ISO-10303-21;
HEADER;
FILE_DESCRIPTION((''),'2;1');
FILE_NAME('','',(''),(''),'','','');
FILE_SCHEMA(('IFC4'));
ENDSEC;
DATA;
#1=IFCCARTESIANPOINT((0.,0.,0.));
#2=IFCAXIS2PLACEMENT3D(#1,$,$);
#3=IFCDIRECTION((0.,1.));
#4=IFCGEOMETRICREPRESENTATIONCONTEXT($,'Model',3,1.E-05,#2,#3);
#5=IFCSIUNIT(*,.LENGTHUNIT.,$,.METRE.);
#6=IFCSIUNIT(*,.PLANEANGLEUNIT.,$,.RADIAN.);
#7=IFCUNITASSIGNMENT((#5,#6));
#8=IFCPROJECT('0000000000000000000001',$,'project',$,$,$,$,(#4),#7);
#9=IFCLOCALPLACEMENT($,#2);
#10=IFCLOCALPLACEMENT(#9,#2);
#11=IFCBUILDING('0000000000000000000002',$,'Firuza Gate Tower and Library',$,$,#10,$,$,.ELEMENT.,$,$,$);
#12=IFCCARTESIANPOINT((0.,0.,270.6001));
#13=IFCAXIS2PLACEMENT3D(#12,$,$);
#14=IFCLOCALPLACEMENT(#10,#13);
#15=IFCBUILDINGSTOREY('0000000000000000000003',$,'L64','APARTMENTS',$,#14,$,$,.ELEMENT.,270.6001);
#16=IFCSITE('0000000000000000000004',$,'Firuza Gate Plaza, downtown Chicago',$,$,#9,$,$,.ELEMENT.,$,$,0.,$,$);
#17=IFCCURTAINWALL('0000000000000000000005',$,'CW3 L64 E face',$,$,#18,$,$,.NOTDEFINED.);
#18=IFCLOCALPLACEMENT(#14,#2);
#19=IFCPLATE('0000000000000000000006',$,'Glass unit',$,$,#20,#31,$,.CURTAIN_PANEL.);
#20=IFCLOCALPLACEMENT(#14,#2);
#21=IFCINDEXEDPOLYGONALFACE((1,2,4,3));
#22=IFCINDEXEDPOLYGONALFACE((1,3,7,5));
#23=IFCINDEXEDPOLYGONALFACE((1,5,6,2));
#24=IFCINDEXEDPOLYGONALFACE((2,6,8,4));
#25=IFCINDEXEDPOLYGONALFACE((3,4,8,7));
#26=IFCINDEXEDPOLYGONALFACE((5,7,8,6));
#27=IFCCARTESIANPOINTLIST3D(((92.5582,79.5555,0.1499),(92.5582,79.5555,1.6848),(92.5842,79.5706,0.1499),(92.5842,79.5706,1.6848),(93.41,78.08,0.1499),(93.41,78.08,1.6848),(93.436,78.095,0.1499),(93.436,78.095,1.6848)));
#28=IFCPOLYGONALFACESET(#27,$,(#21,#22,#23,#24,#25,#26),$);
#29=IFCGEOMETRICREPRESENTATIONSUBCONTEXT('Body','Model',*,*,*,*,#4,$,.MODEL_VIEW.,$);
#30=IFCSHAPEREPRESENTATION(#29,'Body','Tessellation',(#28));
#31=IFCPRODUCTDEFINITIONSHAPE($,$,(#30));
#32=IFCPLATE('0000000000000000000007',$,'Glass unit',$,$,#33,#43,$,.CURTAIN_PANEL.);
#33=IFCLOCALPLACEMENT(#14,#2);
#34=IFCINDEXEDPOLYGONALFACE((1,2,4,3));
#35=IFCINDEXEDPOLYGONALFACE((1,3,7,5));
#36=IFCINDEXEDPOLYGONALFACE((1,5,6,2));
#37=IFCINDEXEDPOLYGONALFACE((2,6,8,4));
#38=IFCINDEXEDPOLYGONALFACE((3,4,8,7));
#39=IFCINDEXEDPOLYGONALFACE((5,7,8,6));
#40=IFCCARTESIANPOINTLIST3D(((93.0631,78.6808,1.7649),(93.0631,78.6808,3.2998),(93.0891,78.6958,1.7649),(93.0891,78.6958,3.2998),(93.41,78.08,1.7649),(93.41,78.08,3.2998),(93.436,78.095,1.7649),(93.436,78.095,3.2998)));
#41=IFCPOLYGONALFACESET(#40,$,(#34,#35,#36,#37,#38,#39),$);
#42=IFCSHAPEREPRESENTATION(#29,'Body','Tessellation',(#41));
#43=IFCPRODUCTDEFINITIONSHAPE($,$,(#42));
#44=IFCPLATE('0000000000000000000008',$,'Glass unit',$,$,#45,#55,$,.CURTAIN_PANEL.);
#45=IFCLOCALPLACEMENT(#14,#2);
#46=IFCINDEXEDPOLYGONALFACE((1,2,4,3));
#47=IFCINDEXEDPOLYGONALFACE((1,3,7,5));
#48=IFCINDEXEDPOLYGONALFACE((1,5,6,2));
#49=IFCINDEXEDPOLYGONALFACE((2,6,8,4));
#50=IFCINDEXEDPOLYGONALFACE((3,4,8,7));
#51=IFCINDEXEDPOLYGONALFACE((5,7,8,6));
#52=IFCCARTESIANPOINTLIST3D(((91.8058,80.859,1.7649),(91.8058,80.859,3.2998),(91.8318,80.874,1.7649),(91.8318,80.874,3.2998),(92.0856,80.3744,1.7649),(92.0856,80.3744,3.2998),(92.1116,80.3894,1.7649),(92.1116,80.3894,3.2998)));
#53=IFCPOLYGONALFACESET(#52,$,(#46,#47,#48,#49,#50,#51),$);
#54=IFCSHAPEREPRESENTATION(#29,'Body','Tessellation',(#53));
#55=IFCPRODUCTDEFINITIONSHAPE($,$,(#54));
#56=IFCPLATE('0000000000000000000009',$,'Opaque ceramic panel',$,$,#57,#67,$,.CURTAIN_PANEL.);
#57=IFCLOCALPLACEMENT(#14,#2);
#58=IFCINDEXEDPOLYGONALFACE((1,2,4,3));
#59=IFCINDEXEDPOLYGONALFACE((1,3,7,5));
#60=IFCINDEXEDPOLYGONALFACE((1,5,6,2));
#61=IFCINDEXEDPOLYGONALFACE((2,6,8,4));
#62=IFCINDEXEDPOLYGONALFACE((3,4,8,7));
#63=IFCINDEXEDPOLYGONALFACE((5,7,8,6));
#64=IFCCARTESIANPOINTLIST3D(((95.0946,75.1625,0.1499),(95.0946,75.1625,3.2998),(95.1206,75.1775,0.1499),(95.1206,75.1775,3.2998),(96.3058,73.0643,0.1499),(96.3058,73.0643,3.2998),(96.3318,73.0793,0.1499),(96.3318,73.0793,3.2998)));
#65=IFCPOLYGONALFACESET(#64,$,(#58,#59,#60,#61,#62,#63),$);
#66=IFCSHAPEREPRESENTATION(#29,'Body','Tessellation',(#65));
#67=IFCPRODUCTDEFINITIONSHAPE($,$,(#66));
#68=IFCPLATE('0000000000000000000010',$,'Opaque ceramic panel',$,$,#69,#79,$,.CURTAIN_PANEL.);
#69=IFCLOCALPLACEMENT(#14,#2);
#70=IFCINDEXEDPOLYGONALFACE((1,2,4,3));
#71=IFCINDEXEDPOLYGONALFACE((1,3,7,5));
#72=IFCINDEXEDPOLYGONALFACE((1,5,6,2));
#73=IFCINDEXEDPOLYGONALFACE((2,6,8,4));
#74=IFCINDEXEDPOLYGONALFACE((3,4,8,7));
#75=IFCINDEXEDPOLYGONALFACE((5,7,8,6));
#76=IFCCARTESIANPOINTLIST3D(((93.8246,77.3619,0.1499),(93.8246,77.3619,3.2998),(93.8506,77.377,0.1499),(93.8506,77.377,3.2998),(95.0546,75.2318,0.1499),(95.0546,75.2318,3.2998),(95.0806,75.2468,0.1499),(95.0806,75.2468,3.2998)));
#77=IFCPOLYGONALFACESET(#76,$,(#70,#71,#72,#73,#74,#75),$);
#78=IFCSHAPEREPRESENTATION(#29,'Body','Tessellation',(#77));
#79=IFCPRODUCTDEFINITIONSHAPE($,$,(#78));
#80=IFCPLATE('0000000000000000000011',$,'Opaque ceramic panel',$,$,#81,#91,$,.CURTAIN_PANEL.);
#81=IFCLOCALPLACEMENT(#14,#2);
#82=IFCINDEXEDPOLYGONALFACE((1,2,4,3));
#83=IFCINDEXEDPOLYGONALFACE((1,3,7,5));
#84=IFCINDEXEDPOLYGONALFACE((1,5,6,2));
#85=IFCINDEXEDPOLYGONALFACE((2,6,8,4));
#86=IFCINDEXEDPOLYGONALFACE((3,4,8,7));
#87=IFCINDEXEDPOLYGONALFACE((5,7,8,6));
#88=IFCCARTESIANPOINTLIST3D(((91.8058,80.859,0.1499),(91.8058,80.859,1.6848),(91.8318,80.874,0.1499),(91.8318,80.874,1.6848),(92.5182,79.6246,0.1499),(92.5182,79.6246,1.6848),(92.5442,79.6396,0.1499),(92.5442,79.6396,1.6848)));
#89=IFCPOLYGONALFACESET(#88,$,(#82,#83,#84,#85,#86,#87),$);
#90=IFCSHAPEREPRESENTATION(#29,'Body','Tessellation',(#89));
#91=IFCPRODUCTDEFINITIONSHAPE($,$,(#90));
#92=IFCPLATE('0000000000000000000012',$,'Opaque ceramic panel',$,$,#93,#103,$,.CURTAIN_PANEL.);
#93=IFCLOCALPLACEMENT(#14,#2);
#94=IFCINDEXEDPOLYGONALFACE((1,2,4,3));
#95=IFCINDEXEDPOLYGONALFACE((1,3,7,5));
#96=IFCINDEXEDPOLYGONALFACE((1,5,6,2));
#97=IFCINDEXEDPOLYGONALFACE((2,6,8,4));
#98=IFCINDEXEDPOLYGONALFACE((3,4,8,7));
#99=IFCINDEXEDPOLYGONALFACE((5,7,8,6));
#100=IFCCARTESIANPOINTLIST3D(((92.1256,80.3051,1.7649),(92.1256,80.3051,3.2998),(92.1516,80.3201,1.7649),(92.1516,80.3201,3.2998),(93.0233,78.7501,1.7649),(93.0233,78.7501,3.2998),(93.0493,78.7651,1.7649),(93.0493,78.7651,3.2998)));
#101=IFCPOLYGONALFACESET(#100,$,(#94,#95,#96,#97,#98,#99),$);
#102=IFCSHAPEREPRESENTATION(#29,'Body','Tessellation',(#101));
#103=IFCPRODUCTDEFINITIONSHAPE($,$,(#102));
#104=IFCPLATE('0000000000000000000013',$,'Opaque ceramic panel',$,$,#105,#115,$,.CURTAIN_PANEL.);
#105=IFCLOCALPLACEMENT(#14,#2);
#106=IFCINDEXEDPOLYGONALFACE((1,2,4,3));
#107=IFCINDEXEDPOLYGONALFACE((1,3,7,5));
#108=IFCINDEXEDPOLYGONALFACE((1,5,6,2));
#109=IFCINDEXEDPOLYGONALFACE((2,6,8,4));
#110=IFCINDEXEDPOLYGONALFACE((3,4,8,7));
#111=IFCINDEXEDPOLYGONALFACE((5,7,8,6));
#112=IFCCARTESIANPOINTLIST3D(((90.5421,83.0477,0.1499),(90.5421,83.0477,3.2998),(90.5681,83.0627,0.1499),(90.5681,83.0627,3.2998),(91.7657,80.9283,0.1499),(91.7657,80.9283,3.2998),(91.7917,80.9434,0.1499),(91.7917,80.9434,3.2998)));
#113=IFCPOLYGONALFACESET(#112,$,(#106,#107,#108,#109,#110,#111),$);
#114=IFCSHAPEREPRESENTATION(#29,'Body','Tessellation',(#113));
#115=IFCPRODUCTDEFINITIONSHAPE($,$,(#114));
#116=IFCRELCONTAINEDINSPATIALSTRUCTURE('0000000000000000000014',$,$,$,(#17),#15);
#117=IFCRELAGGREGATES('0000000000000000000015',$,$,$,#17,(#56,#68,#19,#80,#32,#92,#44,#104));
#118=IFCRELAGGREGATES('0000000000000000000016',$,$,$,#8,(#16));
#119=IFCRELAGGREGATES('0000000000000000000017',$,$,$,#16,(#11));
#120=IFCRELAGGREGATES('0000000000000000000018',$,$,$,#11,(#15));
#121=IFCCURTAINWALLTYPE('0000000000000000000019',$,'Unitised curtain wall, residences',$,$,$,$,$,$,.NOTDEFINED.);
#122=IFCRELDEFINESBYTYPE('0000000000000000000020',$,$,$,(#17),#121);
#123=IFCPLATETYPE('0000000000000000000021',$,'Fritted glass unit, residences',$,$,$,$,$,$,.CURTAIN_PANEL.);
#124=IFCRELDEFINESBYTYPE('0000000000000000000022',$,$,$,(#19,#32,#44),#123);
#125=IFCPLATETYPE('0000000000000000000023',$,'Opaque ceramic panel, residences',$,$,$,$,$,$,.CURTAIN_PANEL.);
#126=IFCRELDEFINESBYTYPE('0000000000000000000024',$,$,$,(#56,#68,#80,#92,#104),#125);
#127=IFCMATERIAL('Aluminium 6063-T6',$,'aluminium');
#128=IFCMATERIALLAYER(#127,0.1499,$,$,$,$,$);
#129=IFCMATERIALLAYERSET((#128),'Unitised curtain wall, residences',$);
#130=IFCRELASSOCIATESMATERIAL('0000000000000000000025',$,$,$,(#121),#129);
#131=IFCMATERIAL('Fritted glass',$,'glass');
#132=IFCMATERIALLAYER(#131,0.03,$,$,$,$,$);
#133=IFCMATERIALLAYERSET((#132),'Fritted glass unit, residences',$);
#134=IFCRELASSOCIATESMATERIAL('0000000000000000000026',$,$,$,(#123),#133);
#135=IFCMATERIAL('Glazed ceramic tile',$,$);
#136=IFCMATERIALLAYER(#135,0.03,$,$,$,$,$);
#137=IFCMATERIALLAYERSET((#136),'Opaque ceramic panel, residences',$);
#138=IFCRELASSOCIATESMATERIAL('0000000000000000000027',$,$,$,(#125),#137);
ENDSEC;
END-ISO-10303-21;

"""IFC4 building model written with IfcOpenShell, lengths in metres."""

from ifc_helpers import new_model, si_unit, direction, frame, origin, place, context, subcontext, project, spatial, polyline, outline, extrude, material, layer, layer_set, type_object, element, aggregate, save


model = new_model("IFC4")

# Units and contexts
model_context = context("Model", 3, precision=1e-05, world=origin(), true_north=direction((0.0, 1.0)))
body_context = subcontext(model_context, "Body", "Model", "MODEL_VIEW")
ifc_project = project(units=[si_unit("LENGTHUNIT", "METRE"), si_unit("PLANEANGLEUNIT", "RADIAN")], contexts=[model_context])

# Site, building, storey
site_placement = place(None, origin())
site = spatial("IfcSite", under=ifc_project, at=site_placement, Name="Firuza Gate Plaza, downtown Chicago", CompositionType="ELEMENT", RefElevation=0.0)
building_placement = place(site_placement, origin())
building = spatial("IfcBuilding", under=site, at=building_placement, Name="Firuza Gate Tower and Library", CompositionType="ELEMENT")
storey_placement = place(building_placement, frame((0.0, 0.0, 270.6001)))
storey = spatial("IfcBuildingStorey", under=building, at=storey_placement, Name="L64", Description="APARTMENTS", CompositionType="ELEMENT", Elevation=270.6001)

# Curtain wall
ifc_material_1 = material(Name="Aluminium 6063-T6", Category="aluminium")
ifc_layer_1 = layer(ifc_material_1, 0.1499)
ifc_layer_set_1 = layer_set([ifc_layer_1], Name="Unitised curtain wall, residences")
curtain_wall_type = type_object("IfcCurtainWallType", Name="Unitised curtain wall, residences", PredefinedType="NOTDEFINED", material=ifc_layer_set_1)
curtain_wall_placement = place(storey_placement, origin())
curtain_wall = element("IfcCurtainWall", 1, at=curtain_wall_placement, inside=storey, type_object=curtain_wall_type, Name="CW3 L64 E face", PredefinedType="NOTDEFINED")

# Plates
ifc_material_2 = material(Name="Fritted glass", Category="glass")
ifc_layer_2 = layer(ifc_material_2, 0.03)
ifc_layer_set_2 = layer_set([ifc_layer_2], Name="Fritted glass unit, residences")
plate_type_1 = type_object("IfcPlateType", Name="Fritted glass unit, residences", PredefinedType="CURTAIN_PANEL", material=ifc_layer_set_2)
plate_1_placement = place(storey_placement, frame((93.436, 78.095, 0.1499), z_axis=(0.866057, 0.499946, 0.0), x_axis=(-0.499946, 0.866057, 0.0)))
plate_1 = element("IfcPlate", 2, at=plate_1_placement, type_object=plate_type_1, Name="Glass unit", PredefinedType="CURTAIN_PANEL", context=body_context, shape_type="SweptSolid", body=[
    extrude(outline(polyline([(0.0, 0.0), (1.7038, 0.0), (1.7038, 1.5349), (0.0, 1.5349), (0.0, 0.0)])), origin(), (0.0, 0.0, -1.0), 0.03),
])
plate_2_placement = place(storey_placement, frame((93.436, 78.095, 1.7649), z_axis=(0.866004, 0.500037, 0.0), x_axis=(-0.500037, 0.866004, 0.0)))
plate_2 = element("IfcPlate", 3, at=plate_2_placement, type_object=plate_type_1, Name="Glass unit", PredefinedType="CURTAIN_PANEL", context=body_context, shape_type="SweptSolid", body=[
    extrude(outline(polyline([(0.0, 0.0), (0.6938, 0.0), (0.6938, 1.5349), (0.0, 1.5349), (0.0, 0.0)])), origin(), (0.0, 0.0, -1.0), 0.03),
])
plate_3_placement = place(storey_placement, frame((92.1116, 80.3894, 1.7649), z_axis=(0.866033, 0.499987, 0.0), x_axis=(-0.499987, 0.866033, 0.0)))
plate_3 = element("IfcPlate", 4, at=plate_3_placement, type_object=plate_type_1, Name="Glass unit", PredefinedType="CURTAIN_PANEL", context=body_context, shape_type="SweptSolid", body=[
    extrude(outline(polyline([(0.0, 0.0), (0.5596, 0.0), (0.5596, 1.5349), (0.0, 1.5349), (0.0, 0.0)])), origin(), (0.0, 0.0, -1.0), 0.03),
])
ifc_material_3 = material(Name="Glazed ceramic tile")
ifc_layer_3 = layer(ifc_material_3, 0.03)
ifc_layer_set_3 = layer_set([ifc_layer_3], Name="Opaque ceramic panel, residences")
plate_type_2 = type_object("IfcPlateType", Name="Opaque ceramic panel, residences", PredefinedType="CURTAIN_PANEL", material=ifc_layer_set_3)
plate_4_placement = place(storey_placement, frame((96.3318, 73.0793, 0.1499), z_axis=(0.866058, 0.499943, 0.0), x_axis=(-0.499943, 0.866058, 0.0)))
plate_4 = element("IfcPlate", 5, at=plate_4_placement, type_object=plate_type_2, Name="Opaque ceramic panel", PredefinedType="CURTAIN_PANEL", context=body_context, shape_type="SweptSolid", body=[
    extrude(outline(polyline([(0.0, 0.0), (2.4226, 0.0), (2.4226, 3.1499), (0.0, 3.1499), (0.0, 0.0)])), origin(), (0.0, 0.0, -1.0), 0.03),
])
plate_5_placement = place(storey_placement, frame((95.0806, 75.2468, 0.1499), z_axis=(0.865999, 0.500046, 0.0), x_axis=(-0.500046, 0.865999, 0.0)))
plate_5 = element("IfcPlate", 6, at=plate_5_placement, type_object=plate_type_2, Name="Opaque ceramic panel", PredefinedType="CURTAIN_PANEL", context=body_context, shape_type="SweptSolid", body=[
    extrude(outline(polyline([(0.0, 0.0), (2.4597, 0.0), (2.4597, 3.1499), (0.0, 3.1499), (0.0, 0.0)])), origin(), (0.0, 0.0, -1.0), 0.03),
])
plate_6_placement = place(storey_placement, frame((92.5442, 79.6396, 0.1499), z_axis=(0.866106, 0.499861, 0.0), x_axis=(-0.499861, 0.866106, 0.0)))
plate_6 = element("IfcPlate", 7, at=plate_6_placement, type_object=plate_type_2, Name="Opaque ceramic panel", PredefinedType="CURTAIN_PANEL", context=body_context, shape_type="SweptSolid", body=[
    extrude(outline(polyline([(0.0, 0.0), (1.4252, 0.0), (1.4252, 1.5349), (0.0, 1.5349), (0.0, 0.0)])), origin(), (0.0, 0.0, -1.0), 0.03),
])
plate_7_placement = place(storey_placement, frame((93.0493, 78.7651, 1.7649), z_axis=(0.866034, 0.499985, 0.0), x_axis=(-0.499985, 0.866034, 0.0)))
plate_7 = element("IfcPlate", 8, at=plate_7_placement, type_object=plate_type_2, Name="Opaque ceramic panel", PredefinedType="CURTAIN_PANEL", context=body_context, shape_type="SweptSolid", body=[
    extrude(outline(polyline([(0.0, 0.0), (1.7955, 0.0), (1.7955, 1.5349), (0.0, 1.5349), (0.0, 0.0)])), origin(), (0.0, 0.0, -1.0), 0.03),
])
plate_8_placement = place(storey_placement, frame((91.7917, 80.9434, 0.1499), z_axis=(0.866024, 0.500002, 0.0), x_axis=(-0.500002, 0.866024, 0.0)))
plate_8 = element("IfcPlate", 9, at=plate_8_placement, type_object=plate_type_2, Name="Opaque ceramic panel", PredefinedType="CURTAIN_PANEL", context=body_context, shape_type="SweptSolid", body=[
    extrude(outline(polyline([(0.0, 0.0), (2.4473, 0.0), (2.4473, 3.1499), (0.0, 3.1499), (0.0, 0.0)])), origin(), (0.0, 0.0, -1.0), 0.03),
])
aggregate(curtain_wall, [plate_4, plate_5, plate_1, plate_6, plate_2, plate_7, plate_3, plate_8])

save(model, "model.ifc")
